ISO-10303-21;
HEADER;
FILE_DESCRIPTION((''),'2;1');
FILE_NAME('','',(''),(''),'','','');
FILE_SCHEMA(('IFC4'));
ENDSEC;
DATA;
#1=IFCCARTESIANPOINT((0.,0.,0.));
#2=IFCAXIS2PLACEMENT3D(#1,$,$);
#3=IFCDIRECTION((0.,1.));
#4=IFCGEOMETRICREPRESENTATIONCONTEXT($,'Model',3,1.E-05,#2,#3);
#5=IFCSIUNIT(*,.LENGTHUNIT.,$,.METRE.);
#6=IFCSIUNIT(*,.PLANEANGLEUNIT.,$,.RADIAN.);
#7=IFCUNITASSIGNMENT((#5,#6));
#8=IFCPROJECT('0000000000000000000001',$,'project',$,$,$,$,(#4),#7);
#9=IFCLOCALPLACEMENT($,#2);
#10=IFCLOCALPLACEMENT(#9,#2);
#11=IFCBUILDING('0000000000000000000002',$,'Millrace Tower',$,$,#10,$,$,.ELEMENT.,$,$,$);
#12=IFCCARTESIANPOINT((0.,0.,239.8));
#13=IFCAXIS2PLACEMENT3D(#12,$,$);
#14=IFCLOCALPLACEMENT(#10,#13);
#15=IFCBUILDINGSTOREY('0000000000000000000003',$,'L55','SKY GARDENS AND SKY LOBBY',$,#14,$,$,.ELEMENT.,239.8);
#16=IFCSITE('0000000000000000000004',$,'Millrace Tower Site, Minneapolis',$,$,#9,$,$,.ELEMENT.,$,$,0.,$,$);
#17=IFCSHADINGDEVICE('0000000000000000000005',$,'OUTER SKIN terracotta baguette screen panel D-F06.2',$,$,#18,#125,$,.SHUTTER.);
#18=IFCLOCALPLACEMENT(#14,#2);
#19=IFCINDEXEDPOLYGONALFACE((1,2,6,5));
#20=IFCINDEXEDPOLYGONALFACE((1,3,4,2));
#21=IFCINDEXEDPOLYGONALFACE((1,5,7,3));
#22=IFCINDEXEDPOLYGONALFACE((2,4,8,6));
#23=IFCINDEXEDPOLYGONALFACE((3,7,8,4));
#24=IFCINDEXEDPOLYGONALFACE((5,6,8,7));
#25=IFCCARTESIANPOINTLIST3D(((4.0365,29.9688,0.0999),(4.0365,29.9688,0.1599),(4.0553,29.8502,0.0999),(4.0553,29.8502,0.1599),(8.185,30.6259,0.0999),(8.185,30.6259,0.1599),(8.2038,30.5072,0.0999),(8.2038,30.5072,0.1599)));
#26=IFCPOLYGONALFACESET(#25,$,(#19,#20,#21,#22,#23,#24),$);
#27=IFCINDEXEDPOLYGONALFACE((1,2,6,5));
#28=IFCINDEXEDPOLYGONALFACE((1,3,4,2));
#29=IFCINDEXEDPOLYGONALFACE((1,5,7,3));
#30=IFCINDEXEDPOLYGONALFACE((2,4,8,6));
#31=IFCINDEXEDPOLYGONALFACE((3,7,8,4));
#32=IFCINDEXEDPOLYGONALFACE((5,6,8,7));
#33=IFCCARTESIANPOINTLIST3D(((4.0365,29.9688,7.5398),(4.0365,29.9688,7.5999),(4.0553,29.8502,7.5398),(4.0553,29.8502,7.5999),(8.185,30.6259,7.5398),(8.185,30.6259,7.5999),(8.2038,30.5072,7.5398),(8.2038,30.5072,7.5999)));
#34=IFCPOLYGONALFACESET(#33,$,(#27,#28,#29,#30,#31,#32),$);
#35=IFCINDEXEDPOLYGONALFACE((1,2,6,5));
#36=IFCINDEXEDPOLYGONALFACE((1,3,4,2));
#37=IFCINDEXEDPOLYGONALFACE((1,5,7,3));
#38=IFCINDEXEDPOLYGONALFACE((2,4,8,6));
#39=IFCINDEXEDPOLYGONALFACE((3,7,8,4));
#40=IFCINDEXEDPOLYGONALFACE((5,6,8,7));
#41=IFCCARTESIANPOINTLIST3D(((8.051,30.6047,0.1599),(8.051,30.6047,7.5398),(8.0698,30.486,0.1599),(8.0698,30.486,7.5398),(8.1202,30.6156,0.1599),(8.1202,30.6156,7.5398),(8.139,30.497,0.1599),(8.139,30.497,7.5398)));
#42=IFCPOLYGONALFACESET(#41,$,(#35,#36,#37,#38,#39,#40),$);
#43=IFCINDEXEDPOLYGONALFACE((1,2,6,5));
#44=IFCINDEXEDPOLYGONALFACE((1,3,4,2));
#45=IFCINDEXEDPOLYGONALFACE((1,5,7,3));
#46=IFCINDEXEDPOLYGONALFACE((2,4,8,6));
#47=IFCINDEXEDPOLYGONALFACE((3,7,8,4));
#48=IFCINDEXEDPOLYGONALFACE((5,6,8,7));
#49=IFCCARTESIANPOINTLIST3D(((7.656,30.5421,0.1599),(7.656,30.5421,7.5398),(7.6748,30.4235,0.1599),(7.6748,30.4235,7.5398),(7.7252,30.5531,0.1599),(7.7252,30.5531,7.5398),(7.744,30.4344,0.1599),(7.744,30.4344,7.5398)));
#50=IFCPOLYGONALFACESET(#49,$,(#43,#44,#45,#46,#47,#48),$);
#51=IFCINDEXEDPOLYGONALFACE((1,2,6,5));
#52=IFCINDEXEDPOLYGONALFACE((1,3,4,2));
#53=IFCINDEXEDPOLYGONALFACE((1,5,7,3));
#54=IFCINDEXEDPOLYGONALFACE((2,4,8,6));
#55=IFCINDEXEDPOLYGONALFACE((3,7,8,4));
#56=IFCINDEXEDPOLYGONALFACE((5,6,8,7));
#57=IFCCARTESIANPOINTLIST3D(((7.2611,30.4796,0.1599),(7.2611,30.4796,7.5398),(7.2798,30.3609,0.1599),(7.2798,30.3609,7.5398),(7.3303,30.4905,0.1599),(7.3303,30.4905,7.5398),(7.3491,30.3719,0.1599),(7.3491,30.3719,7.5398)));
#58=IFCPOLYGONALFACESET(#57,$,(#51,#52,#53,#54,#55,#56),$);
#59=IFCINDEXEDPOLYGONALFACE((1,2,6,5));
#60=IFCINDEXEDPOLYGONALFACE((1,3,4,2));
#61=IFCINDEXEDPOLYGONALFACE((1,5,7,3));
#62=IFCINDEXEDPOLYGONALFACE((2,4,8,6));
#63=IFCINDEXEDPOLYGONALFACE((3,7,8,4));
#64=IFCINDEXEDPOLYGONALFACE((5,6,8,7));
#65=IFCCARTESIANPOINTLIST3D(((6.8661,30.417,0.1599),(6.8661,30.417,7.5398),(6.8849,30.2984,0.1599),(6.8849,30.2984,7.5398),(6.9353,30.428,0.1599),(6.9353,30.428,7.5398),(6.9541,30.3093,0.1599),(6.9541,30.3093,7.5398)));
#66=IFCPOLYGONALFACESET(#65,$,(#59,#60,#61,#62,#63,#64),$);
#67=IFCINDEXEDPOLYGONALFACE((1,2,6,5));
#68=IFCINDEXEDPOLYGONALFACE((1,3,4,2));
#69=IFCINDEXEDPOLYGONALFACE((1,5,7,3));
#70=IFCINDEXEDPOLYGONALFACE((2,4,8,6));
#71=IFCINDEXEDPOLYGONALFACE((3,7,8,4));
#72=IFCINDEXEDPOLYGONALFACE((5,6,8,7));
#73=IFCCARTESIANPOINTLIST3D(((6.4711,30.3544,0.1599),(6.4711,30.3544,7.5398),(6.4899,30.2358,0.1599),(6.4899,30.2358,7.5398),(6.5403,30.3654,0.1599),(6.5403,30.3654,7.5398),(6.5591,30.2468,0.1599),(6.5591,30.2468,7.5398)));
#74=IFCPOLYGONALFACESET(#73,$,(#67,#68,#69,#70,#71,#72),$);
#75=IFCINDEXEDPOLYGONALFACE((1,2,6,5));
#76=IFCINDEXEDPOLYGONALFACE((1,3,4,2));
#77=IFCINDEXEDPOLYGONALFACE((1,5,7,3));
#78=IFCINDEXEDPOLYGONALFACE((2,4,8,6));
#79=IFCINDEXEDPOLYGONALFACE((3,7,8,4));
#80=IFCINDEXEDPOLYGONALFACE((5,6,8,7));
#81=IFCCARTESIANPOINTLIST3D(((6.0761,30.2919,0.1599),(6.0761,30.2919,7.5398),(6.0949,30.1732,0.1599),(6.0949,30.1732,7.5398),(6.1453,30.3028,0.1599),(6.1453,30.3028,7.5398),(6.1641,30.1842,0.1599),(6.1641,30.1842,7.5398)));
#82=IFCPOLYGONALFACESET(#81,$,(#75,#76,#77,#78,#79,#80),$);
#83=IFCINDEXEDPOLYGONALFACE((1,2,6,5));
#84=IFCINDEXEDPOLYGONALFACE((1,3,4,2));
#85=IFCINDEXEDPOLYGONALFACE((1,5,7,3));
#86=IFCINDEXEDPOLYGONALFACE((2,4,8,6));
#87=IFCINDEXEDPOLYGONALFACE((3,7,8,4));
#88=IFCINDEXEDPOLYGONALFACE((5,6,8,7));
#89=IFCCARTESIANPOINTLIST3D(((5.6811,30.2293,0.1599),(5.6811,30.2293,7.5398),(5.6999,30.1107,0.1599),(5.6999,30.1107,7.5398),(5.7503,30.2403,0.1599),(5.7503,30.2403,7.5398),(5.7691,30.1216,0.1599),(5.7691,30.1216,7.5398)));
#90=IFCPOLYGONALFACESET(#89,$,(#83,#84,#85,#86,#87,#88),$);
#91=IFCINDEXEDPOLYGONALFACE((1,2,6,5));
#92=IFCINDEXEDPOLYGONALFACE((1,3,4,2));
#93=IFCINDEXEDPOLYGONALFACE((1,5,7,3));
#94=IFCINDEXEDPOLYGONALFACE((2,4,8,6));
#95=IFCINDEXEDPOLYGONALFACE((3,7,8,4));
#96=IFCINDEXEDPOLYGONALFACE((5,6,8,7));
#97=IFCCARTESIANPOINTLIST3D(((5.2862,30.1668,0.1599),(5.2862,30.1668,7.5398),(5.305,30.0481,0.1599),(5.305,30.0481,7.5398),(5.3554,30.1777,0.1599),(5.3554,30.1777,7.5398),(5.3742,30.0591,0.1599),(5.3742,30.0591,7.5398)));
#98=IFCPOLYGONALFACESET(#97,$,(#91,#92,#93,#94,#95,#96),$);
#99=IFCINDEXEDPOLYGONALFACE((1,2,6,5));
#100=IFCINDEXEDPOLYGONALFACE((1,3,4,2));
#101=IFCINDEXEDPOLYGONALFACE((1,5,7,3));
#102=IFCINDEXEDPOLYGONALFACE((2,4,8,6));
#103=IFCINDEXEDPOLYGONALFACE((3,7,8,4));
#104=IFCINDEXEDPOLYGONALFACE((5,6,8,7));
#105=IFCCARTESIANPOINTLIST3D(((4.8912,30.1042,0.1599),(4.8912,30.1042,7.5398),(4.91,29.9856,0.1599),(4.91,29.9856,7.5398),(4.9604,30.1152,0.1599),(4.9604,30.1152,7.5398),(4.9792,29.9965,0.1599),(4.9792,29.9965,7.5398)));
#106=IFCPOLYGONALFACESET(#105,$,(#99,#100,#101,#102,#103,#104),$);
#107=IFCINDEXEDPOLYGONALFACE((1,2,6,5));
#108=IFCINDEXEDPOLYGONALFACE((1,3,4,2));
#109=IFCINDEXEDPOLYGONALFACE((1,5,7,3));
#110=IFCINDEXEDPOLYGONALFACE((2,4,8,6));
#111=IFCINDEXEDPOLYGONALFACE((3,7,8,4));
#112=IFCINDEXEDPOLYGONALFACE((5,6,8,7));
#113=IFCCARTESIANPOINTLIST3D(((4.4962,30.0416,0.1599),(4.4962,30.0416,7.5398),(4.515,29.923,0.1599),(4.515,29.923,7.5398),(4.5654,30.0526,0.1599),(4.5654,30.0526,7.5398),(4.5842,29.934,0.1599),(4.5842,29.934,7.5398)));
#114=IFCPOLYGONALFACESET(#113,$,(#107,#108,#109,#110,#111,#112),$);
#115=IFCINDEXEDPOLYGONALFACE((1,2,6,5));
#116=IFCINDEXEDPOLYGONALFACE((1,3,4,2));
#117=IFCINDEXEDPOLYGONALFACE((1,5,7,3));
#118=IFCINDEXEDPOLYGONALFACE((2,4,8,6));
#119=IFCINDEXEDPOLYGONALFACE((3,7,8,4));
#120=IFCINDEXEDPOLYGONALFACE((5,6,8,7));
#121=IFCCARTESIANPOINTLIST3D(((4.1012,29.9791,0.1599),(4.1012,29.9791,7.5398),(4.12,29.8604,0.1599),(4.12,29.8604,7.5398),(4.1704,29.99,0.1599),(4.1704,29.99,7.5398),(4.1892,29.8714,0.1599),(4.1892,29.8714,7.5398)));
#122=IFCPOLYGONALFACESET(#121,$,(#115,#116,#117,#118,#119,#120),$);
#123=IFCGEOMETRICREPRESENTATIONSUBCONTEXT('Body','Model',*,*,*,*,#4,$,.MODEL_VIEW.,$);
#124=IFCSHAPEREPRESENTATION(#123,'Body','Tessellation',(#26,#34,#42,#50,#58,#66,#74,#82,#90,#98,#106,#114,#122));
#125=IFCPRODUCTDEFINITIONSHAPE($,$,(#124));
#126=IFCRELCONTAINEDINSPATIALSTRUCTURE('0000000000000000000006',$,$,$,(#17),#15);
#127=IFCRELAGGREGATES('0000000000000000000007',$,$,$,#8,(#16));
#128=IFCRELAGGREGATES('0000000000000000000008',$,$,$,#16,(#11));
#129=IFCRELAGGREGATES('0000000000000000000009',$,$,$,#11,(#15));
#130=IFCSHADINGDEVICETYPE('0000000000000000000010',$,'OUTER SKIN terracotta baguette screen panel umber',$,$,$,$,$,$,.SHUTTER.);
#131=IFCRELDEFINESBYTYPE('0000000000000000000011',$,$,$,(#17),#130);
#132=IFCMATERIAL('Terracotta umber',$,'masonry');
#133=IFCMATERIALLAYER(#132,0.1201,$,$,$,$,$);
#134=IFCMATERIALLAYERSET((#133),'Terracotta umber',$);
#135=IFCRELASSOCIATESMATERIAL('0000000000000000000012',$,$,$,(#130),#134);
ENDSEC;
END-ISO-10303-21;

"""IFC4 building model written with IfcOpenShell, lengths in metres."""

from ifc_helpers import new_model, entity, si_unit, direction, frame, frame_2d, origin, origin_2d, place, context, subcontext, project, spatial, rectangle, extrude, source, transform, mapped, material, layer, layer_set, type_object, element, save


model = new_model("IFC4")

# Units and contexts
model_context = context("Model", 3, precision=1e-05, world=origin(), true_north=direction((0.0, 1.0)))
body_context = subcontext(model_context, "Body", "Model", "MODEL_VIEW")
ifc_project = project(units=[si_unit("LENGTHUNIT", "METRE"), si_unit("PLANEANGLEUNIT", "RADIAN")], contexts=[model_context])

# Site, building, storey
site_placement = place(None, origin())
site = spatial("IfcSite", under=ifc_project, at=site_placement, Name="Millrace Tower Site, Minneapolis", CompositionType="ELEMENT", RefElevation=0.0)
building_placement = place(site_placement, origin())
building = spatial("IfcBuilding", under=site, at=building_placement, Name="Millrace Tower", CompositionType="ELEMENT")
storey_placement = place(building_placement, frame((0.0, 0.0, 239.8)))
storey = spatial("IfcBuildingStorey", under=building, at=storey_placement, Name="L55", Description="SKY GARDENS AND SKY LOBBY", CompositionType="ELEMENT", Elevation=239.8)

# Shading device
ifc_material_1 = material(Name="Terracotta umber", Category="masonry")
ifc_layer_1 = layer(ifc_material_1, 0.1201)
ifc_layer_set_1 = layer_set([ifc_layer_1], Name="Terracotta umber")
shading_device_type = type_object("IfcShadingDeviceType", Name="OUTER SKIN terracotta baguette screen panel umber", PredefinedType="SHUTTER", material=ifc_layer_set_1)
cartesian_point_1 = entity("IfcCartesianPoint", [-2.1001, 0.0601])
shared_polyline_1 = entity("IfcPolyline", [cartesian_point_1, entity("IfcCartesianPoint", [2.1001, 0.0601]), entity("IfcCartesianPoint", [2.1001, -0.0601]), entity("IfcCartesianPoint", [-2.1001, -0.0601]), cartesian_point_1])
shared_shape_1 = source(origin(), body_context, "Body", "SweptSolid", [
    entity("IfcExtrudedAreaSolid", entity("IfcArbitraryClosedProfileDef", "AREA", None, shared_polyline_1), entity("IfcAxis2Placement3D", entity("IfcCartesianPoint", [0.0, 0.0, 0.0])), entity("IfcDirection", [0.0, 0.0, 1.0]), 0.0601),
    entity("IfcExtrudedAreaSolid", entity("IfcArbitraryClosedProfileDef", "AREA", None, shared_polyline_1), entity("IfcAxis2Placement3D", entity("IfcCartesianPoint", [0.0, 0.0, 7.4399])), entity("IfcDirection", [0.0, 0.0, 1.0]), 0.0601),
    extrude(rectangle(XDim=0.0701, YDim=0.1201, at=frame_2d((-1.9995, 0.0))), frame((0.0, 0.0, 0.0601)), (0.0, 0.0, 1.0), 7.3799),
    extrude(rectangle(XDim=0.0701, YDim=0.1201, at=frame_2d((-1.5996, 0.0))), frame((0.0, 0.0, 0.0601)), (0.0, 0.0, 1.0), 7.3799),
    extrude(rectangle(XDim=0.0701, YDim=0.1201, at=frame_2d((-1.1997, 0.0))), frame((0.0, 0.0, 0.0601)), (0.0, 0.0, 1.0), 7.3799),
    extrude(rectangle(XDim=0.0701, YDim=0.1201, at=frame_2d((-0.7998, 0.0))), frame((0.0, 0.0, 0.0601)), (0.0, 0.0, 1.0), 7.3799),
    extrude(rectangle(XDim=0.0701, YDim=0.1201, at=frame_2d((-0.3999, 0.0))), frame((0.0, 0.0, 0.0601)), (0.0, 0.0, 1.0), 7.3799),
    extrude(rectangle(XDim=0.0701, YDim=0.1201, at=origin_2d()), frame((0.0, 0.0, 0.0601)), (0.0, 0.0, 1.0), 7.3799),
    extrude(rectangle(XDim=0.0701, YDim=0.1201, at=frame_2d((0.3999, 0.0))), frame((0.0, 0.0, 0.0601)), (0.0, 0.0, 1.0), 7.3799),
    extrude(rectangle(XDim=0.0701, YDim=0.1201, at=frame_2d((0.7998, 0.0))), frame((0.0, 0.0, 0.0601)), (0.0, 0.0, 1.0), 7.3799),
    extrude(rectangle(XDim=0.0701, YDim=0.1201, at=frame_2d((1.1997, 0.0))), frame((0.0, 0.0, 0.0601)), (0.0, 0.0, 1.0), 7.3799),
    extrude(rectangle(XDim=0.0701, YDim=0.1201, at=frame_2d((1.5996, 0.0))), frame((0.0, 0.0, 0.0601)), (0.0, 0.0, 1.0), 7.3799),
    extrude(rectangle(XDim=0.0701, YDim=0.1201, at=frame_2d((1.9995, 0.0))), frame((0.0, 0.0, 0.0601)), (0.0, 0.0, 1.0), 7.3799),
])
shading_device_1_placement = place(storey_placement, frame((6.1201, 30.238, 0.0999), z_axis=(0.0, 0.0, 1.0), x_axis=(-0.987688, -0.156434, 0.0)))
element("IfcShadingDevice", 1, at=shading_device_1_placement, inside=storey, type_object=shading_device_type, Name="OUTER SKIN terracotta baguette screen panel D-F06.2", PredefinedType="SHUTTER", context=body_context, shape_type="MappedRepresentation", body=[
    mapped(shared_shape_1, transform((0.0, 0.0, 0.0), scale=1.0)),
])

save(model, "model.ifc")
